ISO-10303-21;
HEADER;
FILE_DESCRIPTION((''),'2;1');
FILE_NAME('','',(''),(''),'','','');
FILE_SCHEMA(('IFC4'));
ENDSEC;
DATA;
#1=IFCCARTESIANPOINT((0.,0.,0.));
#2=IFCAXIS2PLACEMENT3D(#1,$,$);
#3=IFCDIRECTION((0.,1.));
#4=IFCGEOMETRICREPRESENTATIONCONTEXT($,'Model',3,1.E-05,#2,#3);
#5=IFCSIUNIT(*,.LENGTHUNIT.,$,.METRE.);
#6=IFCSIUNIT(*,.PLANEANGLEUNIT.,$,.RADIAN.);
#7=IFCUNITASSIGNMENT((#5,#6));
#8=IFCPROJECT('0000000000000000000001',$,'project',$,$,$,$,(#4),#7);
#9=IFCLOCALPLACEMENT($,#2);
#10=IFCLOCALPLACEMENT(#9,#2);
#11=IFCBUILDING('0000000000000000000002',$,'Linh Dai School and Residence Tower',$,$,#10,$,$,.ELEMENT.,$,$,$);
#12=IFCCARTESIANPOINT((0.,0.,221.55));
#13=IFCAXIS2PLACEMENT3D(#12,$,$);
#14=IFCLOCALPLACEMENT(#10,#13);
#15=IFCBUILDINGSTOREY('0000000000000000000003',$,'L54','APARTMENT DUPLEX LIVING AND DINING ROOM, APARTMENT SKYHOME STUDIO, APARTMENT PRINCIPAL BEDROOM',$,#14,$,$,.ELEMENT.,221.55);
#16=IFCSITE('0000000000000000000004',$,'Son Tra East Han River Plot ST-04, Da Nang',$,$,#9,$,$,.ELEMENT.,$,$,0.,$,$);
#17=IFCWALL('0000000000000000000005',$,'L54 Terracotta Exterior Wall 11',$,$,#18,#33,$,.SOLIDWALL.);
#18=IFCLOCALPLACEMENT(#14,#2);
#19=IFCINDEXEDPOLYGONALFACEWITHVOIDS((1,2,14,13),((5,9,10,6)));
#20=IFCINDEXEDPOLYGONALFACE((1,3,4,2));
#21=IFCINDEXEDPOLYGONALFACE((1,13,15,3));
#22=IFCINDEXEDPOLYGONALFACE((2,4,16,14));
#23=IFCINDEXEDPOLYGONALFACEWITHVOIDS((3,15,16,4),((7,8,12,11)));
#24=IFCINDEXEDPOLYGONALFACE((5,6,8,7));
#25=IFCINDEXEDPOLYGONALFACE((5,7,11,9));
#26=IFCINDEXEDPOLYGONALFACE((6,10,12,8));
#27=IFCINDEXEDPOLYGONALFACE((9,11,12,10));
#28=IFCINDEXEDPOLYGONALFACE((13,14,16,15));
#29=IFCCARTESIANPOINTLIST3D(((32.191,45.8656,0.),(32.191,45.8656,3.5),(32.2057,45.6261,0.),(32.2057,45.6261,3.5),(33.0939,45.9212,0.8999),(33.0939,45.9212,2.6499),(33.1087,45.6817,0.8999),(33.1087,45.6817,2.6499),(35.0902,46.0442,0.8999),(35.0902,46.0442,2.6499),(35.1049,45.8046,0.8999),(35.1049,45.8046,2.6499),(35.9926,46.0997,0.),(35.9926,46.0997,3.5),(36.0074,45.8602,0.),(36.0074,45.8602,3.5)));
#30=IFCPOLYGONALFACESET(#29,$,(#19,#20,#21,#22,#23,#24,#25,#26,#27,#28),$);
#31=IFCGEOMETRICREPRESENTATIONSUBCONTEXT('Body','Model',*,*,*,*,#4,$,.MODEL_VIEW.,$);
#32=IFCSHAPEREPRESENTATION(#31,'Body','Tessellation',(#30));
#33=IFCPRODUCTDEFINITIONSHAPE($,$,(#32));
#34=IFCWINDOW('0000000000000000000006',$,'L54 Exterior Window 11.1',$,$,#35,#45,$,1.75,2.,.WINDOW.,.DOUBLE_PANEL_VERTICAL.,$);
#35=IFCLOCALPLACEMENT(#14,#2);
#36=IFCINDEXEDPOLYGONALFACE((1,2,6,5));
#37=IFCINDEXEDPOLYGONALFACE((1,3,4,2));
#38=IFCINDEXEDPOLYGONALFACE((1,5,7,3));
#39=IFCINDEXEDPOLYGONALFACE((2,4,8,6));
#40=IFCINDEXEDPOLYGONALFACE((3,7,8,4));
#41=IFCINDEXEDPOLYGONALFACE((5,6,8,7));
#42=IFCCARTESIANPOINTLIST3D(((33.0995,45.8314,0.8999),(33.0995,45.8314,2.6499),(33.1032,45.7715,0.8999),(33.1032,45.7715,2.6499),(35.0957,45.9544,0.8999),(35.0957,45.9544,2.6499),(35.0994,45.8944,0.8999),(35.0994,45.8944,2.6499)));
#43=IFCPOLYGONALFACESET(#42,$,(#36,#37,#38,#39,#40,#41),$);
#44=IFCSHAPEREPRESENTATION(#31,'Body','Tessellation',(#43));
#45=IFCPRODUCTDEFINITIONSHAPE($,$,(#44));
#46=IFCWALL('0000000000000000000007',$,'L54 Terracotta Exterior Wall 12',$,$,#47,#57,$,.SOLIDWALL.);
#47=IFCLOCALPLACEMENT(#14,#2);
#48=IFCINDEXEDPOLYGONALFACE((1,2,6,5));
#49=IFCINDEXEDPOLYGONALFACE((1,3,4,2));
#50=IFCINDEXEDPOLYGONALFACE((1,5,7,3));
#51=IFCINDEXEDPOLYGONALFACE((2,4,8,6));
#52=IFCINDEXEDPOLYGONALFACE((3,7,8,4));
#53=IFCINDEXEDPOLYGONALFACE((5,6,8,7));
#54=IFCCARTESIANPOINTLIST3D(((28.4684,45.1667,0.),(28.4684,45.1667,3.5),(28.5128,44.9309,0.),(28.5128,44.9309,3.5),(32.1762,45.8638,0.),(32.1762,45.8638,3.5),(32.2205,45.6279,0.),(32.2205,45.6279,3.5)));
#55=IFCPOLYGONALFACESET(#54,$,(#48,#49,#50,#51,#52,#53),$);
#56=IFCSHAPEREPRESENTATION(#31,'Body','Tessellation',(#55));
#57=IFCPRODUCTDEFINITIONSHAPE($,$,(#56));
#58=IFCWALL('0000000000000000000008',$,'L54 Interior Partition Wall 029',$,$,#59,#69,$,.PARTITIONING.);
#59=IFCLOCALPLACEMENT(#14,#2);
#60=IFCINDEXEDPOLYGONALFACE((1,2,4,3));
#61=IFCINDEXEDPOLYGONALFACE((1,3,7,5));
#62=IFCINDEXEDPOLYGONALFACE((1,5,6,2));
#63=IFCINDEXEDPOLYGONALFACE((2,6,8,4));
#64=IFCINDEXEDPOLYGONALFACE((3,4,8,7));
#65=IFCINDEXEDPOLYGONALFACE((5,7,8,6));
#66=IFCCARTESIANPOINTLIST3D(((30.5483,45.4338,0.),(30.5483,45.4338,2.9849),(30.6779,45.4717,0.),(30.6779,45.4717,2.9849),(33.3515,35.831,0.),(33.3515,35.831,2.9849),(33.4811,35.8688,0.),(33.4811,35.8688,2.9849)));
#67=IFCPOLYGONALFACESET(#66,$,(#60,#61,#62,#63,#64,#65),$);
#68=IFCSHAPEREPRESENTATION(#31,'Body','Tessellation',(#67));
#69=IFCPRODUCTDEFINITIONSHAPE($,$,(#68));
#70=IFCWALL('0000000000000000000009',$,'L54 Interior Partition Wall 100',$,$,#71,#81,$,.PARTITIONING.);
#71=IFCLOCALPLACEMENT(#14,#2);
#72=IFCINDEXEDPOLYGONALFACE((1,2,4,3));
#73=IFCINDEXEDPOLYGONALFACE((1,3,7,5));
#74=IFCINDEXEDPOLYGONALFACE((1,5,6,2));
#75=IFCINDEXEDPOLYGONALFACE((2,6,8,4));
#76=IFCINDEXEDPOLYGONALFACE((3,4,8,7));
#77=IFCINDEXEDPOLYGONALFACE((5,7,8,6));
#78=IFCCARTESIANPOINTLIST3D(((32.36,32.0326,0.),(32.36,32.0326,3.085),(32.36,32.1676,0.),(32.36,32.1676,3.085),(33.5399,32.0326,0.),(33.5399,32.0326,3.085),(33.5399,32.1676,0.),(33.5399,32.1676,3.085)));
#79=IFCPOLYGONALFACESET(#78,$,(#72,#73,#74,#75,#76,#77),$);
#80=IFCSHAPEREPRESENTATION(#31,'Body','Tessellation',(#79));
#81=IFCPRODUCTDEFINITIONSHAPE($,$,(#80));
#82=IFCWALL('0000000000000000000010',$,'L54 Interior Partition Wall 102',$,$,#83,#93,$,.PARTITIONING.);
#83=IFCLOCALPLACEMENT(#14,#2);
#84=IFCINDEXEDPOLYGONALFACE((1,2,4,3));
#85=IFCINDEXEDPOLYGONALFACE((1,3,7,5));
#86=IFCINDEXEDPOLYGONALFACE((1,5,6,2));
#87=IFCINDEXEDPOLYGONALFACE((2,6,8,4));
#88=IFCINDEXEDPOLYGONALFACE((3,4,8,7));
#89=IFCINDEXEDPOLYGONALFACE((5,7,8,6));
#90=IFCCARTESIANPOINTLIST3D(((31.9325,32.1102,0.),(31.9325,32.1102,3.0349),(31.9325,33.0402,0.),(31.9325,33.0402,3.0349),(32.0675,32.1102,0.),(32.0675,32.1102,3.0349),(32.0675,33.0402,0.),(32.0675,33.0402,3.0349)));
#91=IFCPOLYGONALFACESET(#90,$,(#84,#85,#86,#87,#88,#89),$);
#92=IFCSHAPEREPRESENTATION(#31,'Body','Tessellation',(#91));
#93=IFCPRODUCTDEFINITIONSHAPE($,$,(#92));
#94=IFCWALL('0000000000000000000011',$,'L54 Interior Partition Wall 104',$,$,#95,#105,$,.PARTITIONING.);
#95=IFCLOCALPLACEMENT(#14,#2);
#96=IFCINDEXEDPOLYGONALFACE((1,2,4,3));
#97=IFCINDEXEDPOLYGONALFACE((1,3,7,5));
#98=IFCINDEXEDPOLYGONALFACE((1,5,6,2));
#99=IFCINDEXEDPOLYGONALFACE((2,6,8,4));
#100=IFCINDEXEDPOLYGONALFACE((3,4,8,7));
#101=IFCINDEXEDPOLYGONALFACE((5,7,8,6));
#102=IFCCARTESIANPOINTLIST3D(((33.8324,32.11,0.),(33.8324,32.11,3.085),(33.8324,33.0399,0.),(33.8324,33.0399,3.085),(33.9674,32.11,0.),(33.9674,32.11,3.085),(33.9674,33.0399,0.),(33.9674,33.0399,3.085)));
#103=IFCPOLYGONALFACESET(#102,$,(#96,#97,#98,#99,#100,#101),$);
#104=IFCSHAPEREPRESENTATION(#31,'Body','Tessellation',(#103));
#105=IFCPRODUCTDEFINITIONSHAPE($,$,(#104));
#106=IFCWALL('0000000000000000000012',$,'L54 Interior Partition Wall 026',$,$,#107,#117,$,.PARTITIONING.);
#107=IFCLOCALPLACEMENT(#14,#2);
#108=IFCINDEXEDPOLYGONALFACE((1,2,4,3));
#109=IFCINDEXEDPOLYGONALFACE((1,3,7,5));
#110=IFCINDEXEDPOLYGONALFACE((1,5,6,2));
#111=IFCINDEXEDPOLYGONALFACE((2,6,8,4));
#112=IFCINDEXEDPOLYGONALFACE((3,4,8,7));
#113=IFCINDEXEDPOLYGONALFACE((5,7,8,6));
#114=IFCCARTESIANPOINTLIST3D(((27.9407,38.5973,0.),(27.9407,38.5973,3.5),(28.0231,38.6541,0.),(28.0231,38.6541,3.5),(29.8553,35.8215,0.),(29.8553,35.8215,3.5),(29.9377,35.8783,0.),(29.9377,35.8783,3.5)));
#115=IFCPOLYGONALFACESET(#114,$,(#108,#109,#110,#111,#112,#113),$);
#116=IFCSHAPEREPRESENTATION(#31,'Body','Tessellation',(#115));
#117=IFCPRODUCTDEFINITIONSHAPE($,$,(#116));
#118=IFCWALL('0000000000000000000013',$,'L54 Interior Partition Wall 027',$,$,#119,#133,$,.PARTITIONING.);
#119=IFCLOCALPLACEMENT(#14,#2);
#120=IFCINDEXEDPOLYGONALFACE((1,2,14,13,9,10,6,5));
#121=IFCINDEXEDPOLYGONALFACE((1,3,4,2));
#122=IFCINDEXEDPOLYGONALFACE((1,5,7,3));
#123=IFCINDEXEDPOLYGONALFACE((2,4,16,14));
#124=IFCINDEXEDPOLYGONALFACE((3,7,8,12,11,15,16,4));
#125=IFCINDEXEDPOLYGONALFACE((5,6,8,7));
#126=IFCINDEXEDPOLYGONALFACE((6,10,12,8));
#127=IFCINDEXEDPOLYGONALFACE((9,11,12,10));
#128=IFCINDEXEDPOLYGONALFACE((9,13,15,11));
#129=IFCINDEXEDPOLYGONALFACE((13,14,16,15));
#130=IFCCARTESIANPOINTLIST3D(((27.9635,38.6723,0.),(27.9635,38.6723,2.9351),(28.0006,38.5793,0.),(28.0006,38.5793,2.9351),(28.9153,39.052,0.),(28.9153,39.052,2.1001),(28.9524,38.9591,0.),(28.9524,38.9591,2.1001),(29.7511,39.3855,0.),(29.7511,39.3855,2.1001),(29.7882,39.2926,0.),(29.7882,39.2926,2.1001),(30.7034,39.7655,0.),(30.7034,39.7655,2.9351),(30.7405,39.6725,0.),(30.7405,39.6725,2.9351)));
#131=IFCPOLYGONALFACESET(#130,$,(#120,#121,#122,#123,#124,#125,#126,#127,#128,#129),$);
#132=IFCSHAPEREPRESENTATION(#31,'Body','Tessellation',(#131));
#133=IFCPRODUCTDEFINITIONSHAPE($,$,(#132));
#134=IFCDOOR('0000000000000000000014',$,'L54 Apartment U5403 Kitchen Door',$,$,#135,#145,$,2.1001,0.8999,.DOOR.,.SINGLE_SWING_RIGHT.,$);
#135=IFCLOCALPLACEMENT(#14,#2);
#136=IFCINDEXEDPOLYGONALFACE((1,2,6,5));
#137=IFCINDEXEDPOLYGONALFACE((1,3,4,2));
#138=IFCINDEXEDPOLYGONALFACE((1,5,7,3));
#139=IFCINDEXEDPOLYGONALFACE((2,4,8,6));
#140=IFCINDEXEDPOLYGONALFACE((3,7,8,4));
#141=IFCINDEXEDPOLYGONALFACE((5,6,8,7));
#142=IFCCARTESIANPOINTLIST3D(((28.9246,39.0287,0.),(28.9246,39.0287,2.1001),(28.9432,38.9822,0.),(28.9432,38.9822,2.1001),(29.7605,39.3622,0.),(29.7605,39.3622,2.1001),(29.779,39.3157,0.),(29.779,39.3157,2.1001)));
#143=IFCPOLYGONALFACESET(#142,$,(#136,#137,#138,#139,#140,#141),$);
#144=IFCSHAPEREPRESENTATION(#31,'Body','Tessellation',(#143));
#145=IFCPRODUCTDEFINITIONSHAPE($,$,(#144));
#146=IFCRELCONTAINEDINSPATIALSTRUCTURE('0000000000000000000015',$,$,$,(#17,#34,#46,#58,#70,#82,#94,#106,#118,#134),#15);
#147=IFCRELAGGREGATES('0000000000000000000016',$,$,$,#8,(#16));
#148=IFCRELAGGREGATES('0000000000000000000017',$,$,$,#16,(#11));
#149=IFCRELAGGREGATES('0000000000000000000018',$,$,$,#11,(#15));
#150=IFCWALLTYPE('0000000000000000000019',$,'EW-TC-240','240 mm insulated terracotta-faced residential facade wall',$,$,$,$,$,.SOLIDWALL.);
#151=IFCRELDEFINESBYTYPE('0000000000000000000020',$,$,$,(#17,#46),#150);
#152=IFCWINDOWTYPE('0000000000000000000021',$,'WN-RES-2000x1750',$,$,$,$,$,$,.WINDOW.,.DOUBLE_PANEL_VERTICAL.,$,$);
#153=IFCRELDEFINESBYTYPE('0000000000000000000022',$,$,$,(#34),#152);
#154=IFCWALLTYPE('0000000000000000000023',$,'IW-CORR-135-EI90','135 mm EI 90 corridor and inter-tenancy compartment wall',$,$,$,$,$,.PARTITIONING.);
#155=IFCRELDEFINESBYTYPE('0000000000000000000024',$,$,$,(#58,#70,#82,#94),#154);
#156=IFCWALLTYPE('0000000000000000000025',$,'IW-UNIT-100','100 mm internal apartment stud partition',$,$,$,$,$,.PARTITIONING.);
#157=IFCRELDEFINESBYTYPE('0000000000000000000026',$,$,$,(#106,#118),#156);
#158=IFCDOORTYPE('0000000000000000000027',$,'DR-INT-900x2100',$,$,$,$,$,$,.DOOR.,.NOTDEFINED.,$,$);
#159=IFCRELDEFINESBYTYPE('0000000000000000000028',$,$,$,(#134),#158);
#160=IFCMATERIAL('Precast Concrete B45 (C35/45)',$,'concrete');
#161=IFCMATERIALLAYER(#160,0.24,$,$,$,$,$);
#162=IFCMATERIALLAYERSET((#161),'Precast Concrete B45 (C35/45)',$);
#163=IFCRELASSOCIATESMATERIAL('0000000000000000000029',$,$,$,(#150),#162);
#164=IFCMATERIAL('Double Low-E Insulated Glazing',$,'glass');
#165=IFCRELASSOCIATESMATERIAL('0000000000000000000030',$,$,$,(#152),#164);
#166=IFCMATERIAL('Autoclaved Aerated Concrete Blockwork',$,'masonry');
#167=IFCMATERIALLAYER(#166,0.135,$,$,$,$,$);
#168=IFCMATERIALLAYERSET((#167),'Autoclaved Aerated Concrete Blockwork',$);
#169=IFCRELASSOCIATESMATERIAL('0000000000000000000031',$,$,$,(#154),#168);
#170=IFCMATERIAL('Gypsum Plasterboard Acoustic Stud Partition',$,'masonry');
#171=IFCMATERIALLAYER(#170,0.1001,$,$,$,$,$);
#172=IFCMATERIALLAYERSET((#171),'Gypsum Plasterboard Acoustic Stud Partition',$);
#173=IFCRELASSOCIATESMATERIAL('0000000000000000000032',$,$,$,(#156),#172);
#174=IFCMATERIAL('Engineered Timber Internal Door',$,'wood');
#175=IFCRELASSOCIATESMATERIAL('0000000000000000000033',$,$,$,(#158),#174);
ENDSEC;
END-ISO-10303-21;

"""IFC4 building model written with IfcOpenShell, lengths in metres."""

from ifc_helpers import new_model, si_unit, direction, frame, frame_2d, origin, origin_2d, place, context, subcontext, project, spatial, rectangle, extrude, source, transform, mapped, material, layer, layer_set, type_object, element, fill, save


model = new_model("IFC4")

# Units and contexts
model_context = context("Model", 3, precision=1e-05, world=origin(), true_north=direction((0.0, 1.0)))
body_context = subcontext(model_context, "Body", "Model", "MODEL_VIEW")
ifc_project = project(units=[si_unit("LENGTHUNIT", "METRE"), si_unit("PLANEANGLEUNIT", "RADIAN")], contexts=[model_context])

# Site, building, storey
site_placement = place(None, origin())
site = spatial("IfcSite", under=ifc_project, at=site_placement, Name="Son Tra East Han River Plot ST-04, Da Nang", CompositionType="ELEMENT", RefElevation=0.0)
building_placement = place(site_placement, origin())
building = spatial("IfcBuilding", under=site, at=building_placement, Name="Linh Dai School and Residence Tower", CompositionType="ELEMENT")
storey_placement = place(building_placement, frame((0.0, 0.0, 221.55)))
storey = spatial("IfcBuildingStorey", under=building, at=storey_placement, Name="L54", Description="APARTMENT DUPLEX LIVING AND DINING ROOM, APARTMENT SKYHOME STUDIO, APARTMENT PRINCIPAL BEDROOM", CompositionType="ELEMENT", Elevation=221.55)

# Wall, opening, window
ifc_material_1 = material(Name="Precast Concrete B45 (C35/45)", Category="concrete")
ifc_layer_1 = layer(ifc_material_1, 0.24)
ifc_layer_set_1 = layer_set([ifc_layer_1], Name="Precast Concrete B45 (C35/45)")
wall_type_1 = type_object("IfcWallType", Name="EW-TC-240", Description="240 mm insulated terracotta-faced residential facade wall", PredefinedType="SOLIDWALL", material=ifc_layer_set_1)
wall_1_placement = place(storey_placement, frame((32.1985, 45.7458, 0.0), z_axis=(0.0, 0.0, 1.0), x_axis=(0.998109, 0.061472, 0.0)))
wall_1 = element("IfcWall", 1, at=wall_1_placement, inside=storey, type_object=wall_type_1, Name="L54 Terracotta Exterior Wall 11", PredefinedType="SOLIDWALL", context=body_context, shape_type="SweptSolid", body=[
    extrude(rectangle(XDim=3.8088, YDim=0.24, at=frame_2d((1.9043, 0.0))), origin(), (0.0, 0.0, 1.0), 3.5),
])
opening_1_placement = place(wall_1_placement, frame((0.9045, 0.0, 0.8999)))
opening_1 = element("IfcOpeningElement", 2, at=opening_1_placement, cuts=wall_1, PredefinedType="OPENING", context=body_context, shape_type="SweptSolid", body=[
    extrude(rectangle(XDim=2.0, YDim=1.75, at=origin_2d()), frame((1.0, 0.1299, 0.875), z_axis=(0.0, -1.0, 0.0), x_axis=(1.0, 0.0, 0.0)), (0.0, 0.0, 1.0), 0.26),
])
ifc_material_2 = material(Name="Double Low-E Insulated Glazing", Category="glass")
window_type = type_object("IfcWindowType", Name="WN-RES-2000x1750", PartitioningType="DOUBLE_PANEL_VERTICAL", PredefinedType="WINDOW", material=ifc_material_2)
shared_shape_1 = source(origin(), body_context, "Body", "SweptSolid", [
    extrude(rectangle(XDim=2.0, YDim=1.75, at=origin_2d()), frame((1.0, 0.03, 0.875), z_axis=(0.0, -1.0, 0.0), x_axis=(1.0, 0.0, 0.0)), (0.0, 0.0, 1.0), 0.0601),
])
window_placement = place(opening_1_placement, origin())
window = element("IfcWindow", 3, at=window_placement, inside=storey, type_object=window_type, Name="L54 Exterior Window 11.1", OverallHeight=1.75, OverallWidth=2.0, PartitioningType="DOUBLE_PANEL_VERTICAL", PredefinedType="WINDOW", context=body_context, shape_type="MappedRepresentation", body=[
    mapped(shared_shape_1, transform((0.0, 0.0, 0.0), x_axis=(1.0, 0.0, 0.0), y_axis=(0.0, 1.0, 0.0), z_axis=(0.0, 0.0, 1.0), scale=1.0)),
])
fill(opening_1, window)

# Walls
wall_2_placement = place(storey_placement, frame((28.4907, 45.0488, 0.0), z_axis=(0.0, 0.0, 1.0), x_axis=(0.982785, 0.184753, 0.0)))
element("IfcWall", 4, at=wall_2_placement, inside=storey, type_object=wall_type_1, Name="L54 Terracotta Exterior Wall 12", PredefinedType="SOLIDWALL", context=body_context, shape_type="SweptSolid", body=[
    extrude(rectangle(XDim=3.7727, YDim=0.24, at=frame_2d((1.8862, 0.0))), origin(), (0.0, 0.0, 1.0), 3.5),
])
ifc_material_3 = material(Name="Autoclaved Aerated Concrete Blockwork", Category="masonry")
ifc_layer_2 = layer(ifc_material_3, 0.135)
ifc_layer_set_2 = layer_set([ifc_layer_2], Name="Autoclaved Aerated Concrete Blockwork")
wall_type_2 = type_object("IfcWallType", Name="IW-CORR-135-EI90", Description="135 mm EI 90 corridor and inter-tenancy compartment wall", PredefinedType="PARTITIONING", material=ifc_layer_set_2)
wall_3_placement = place(storey_placement, frame((30.613, 45.4529, 0.0), z_axis=(0.0, 0.0, 1.0), x_axis=(0.280222, -0.959935, 0.0)))
element("IfcWall", 5, at=wall_3_placement, inside=storey, type_object=wall_type_2, Name="L54 Interior Partition Wall 029", PredefinedType="PARTITIONING", context=body_context, shape_type="SweptSolid", body=[
    extrude(rectangle(XDim=10.0037, YDim=0.135, at=frame_2d((5.002, 0.0))), origin(), (0.0, 0.0, 1.0), 2.9849),
])
wall_4_placement = place(storey_placement, frame((32.3601, 32.1001, 0.0), z_axis=(0.0, 0.0, 1.0), x_axis=(1.0, 0.0, 0.0)))
element("IfcWall", 6, at=wall_4_placement, inside=storey, type_object=wall_type_2, Name="L54 Interior Partition Wall 100", PredefinedType="PARTITIONING", context=body_context, shape_type="SweptSolid", body=[
    extrude(rectangle(XDim=1.1799, YDim=0.135, at=frame_2d((0.5898, 0.0))), origin(), (0.0, 0.0, 1.0), 3.085),
])
wall_5_placement = place(storey_placement, frame((32.0, 33.04, 0.0), z_axis=(0.0, 0.0, 1.0), x_axis=(0.0, -1.0, 0.0)))
element("IfcWall", 7, at=wall_5_placement, inside=storey, type_object=wall_type_2, Name="L54 Interior Partition Wall 102", PredefinedType="PARTITIONING", context=body_context, shape_type="SweptSolid", body=[
    extrude(rectangle(XDim=0.9299, YDim=0.135, at=frame_2d((0.4648, 0.0))), origin(), (0.0, 0.0, 1.0), 3.0349),
])
wall_6_placement = place(storey_placement, frame((33.8999, 32.1101, 0.0), z_axis=(0.0, 0.0, 1.0), x_axis=(0.0, 1.0, 0.0)))
element("IfcWall", 8, at=wall_6_placement, inside=storey, type_object=wall_type_2, Name="L54 Interior Partition Wall 104", PredefinedType="PARTITIONING", context=body_context, shape_type="SweptSolid", body=[
    extrude(rectangle(XDim=0.9299, YDim=0.135, at=frame_2d((0.4648, 0.0))), origin(), (0.0, 0.0, 1.0), 3.085),
])
ifc_material_4 = material(Name="Gypsum Plasterboard Acoustic Stud Partition", Category="masonry")
ifc_layer_3 = layer(ifc_material_4, 0.1001)
ifc_layer_set_3 = layer_set([ifc_layer_3], Name="Gypsum Plasterboard Acoustic Stud Partition")
wall_type_3 = type_object("IfcWallType", Name="IW-UNIT-100", Description="100 mm internal apartment stud partition", PredefinedType="PARTITIONING", material=ifc_layer_set_3)
wall_7_placement = place(storey_placement, frame((27.9819, 38.6257, 0.0), z_axis=(0.0, 0.0, 1.0), x_axis=(0.567763, -0.823192, 0.0)))
element("IfcWall", 9, at=wall_7_placement, inside=storey, type_object=wall_type_3, Name="L54 Interior Partition Wall 026", PredefinedType="PARTITIONING", context=body_context, shape_type="SweptSolid", body=[
    extrude(rectangle(XDim=3.3721, YDim=0.1001, at=frame_2d((1.686, 0.0))), origin(), (0.0, 0.0, 1.0), 3.5),
])

# Wall, opening, door
wall_8_placement = place(storey_placement, frame((27.9819, 38.6257, 0.0), z_axis=(0.0, 0.0, 1.0), x_axis=(0.928796, 0.370591, 0.0)))
wall_8 = element("IfcWall", 10, at=wall_8_placement, inside=storey, type_object=wall_type_3, Name="L54 Interior Partition Wall 027", PredefinedType="PARTITIONING", context=body_context, shape_type="SweptSolid", body=[
    extrude(rectangle(XDim=2.95, YDim=0.1001, at=frame_2d((1.4751, 0.0))), origin(), (0.0, 0.0, 1.0), 2.9351),
])
opening_2_placement = place(wall_8_placement, frame((1.0249, 0.0, 0.0)))
opening_2 = element("IfcOpeningElement", 11, at=opening_2_placement, cuts=wall_8, PredefinedType="OPENING", context=body_context, shape_type="SweptSolid", body=[
    extrude(rectangle(XDim=0.8999, YDim=2.1001, at=origin_2d()), frame((0.45, 0.0601, 1.05), z_axis=(0.0, -1.0, 0.0), x_axis=(1.0, 0.0, 0.0)), (0.0, 0.0, 1.0), 0.1201),
])
ifc_material_5 = material(Name="Engineered Timber Internal Door", Category="wood")
door_type_1 = type_object("IfcDoorType", Name="DR-INT-900x2100", OperationType="NOTDEFINED", PredefinedType="DOOR", material=ifc_material_5)
shared_shape_2 = source(origin(), body_context, "Body", "SweptSolid", [
    extrude(rectangle(XDim=0.8999, YDim=2.1001, at=origin_2d()), frame((0.45, 0.0249, 1.05), z_axis=(0.0, -1.0, 0.0), x_axis=(1.0, 0.0, 0.0)), (0.0, 0.0, 1.0), 0.05),
])
door_1_placement = place(opening_2_placement, origin())
door_1 = element("IfcDoor", 12, at=door_1_placement, inside=storey, type_object=door_type_1, Name="L54 Apartment U5403 Kitchen Door", OperationType="SINGLE_SWING_RIGHT", OverallHeight=2.1001, OverallWidth=0.8999, PredefinedType="DOOR", context=body_context, shape_type="MappedRepresentation", body=[
    mapped(shared_shape_2, transform((0.0, 0.0, 0.0), x_axis=(1.0, 0.0, 0.0), y_axis=(0.0, 1.0, 0.0), z_axis=(0.0, 0.0, 1.0), scale=1.0)),
])
fill(opening_2, door_1)

save(model, "model.ifc")
